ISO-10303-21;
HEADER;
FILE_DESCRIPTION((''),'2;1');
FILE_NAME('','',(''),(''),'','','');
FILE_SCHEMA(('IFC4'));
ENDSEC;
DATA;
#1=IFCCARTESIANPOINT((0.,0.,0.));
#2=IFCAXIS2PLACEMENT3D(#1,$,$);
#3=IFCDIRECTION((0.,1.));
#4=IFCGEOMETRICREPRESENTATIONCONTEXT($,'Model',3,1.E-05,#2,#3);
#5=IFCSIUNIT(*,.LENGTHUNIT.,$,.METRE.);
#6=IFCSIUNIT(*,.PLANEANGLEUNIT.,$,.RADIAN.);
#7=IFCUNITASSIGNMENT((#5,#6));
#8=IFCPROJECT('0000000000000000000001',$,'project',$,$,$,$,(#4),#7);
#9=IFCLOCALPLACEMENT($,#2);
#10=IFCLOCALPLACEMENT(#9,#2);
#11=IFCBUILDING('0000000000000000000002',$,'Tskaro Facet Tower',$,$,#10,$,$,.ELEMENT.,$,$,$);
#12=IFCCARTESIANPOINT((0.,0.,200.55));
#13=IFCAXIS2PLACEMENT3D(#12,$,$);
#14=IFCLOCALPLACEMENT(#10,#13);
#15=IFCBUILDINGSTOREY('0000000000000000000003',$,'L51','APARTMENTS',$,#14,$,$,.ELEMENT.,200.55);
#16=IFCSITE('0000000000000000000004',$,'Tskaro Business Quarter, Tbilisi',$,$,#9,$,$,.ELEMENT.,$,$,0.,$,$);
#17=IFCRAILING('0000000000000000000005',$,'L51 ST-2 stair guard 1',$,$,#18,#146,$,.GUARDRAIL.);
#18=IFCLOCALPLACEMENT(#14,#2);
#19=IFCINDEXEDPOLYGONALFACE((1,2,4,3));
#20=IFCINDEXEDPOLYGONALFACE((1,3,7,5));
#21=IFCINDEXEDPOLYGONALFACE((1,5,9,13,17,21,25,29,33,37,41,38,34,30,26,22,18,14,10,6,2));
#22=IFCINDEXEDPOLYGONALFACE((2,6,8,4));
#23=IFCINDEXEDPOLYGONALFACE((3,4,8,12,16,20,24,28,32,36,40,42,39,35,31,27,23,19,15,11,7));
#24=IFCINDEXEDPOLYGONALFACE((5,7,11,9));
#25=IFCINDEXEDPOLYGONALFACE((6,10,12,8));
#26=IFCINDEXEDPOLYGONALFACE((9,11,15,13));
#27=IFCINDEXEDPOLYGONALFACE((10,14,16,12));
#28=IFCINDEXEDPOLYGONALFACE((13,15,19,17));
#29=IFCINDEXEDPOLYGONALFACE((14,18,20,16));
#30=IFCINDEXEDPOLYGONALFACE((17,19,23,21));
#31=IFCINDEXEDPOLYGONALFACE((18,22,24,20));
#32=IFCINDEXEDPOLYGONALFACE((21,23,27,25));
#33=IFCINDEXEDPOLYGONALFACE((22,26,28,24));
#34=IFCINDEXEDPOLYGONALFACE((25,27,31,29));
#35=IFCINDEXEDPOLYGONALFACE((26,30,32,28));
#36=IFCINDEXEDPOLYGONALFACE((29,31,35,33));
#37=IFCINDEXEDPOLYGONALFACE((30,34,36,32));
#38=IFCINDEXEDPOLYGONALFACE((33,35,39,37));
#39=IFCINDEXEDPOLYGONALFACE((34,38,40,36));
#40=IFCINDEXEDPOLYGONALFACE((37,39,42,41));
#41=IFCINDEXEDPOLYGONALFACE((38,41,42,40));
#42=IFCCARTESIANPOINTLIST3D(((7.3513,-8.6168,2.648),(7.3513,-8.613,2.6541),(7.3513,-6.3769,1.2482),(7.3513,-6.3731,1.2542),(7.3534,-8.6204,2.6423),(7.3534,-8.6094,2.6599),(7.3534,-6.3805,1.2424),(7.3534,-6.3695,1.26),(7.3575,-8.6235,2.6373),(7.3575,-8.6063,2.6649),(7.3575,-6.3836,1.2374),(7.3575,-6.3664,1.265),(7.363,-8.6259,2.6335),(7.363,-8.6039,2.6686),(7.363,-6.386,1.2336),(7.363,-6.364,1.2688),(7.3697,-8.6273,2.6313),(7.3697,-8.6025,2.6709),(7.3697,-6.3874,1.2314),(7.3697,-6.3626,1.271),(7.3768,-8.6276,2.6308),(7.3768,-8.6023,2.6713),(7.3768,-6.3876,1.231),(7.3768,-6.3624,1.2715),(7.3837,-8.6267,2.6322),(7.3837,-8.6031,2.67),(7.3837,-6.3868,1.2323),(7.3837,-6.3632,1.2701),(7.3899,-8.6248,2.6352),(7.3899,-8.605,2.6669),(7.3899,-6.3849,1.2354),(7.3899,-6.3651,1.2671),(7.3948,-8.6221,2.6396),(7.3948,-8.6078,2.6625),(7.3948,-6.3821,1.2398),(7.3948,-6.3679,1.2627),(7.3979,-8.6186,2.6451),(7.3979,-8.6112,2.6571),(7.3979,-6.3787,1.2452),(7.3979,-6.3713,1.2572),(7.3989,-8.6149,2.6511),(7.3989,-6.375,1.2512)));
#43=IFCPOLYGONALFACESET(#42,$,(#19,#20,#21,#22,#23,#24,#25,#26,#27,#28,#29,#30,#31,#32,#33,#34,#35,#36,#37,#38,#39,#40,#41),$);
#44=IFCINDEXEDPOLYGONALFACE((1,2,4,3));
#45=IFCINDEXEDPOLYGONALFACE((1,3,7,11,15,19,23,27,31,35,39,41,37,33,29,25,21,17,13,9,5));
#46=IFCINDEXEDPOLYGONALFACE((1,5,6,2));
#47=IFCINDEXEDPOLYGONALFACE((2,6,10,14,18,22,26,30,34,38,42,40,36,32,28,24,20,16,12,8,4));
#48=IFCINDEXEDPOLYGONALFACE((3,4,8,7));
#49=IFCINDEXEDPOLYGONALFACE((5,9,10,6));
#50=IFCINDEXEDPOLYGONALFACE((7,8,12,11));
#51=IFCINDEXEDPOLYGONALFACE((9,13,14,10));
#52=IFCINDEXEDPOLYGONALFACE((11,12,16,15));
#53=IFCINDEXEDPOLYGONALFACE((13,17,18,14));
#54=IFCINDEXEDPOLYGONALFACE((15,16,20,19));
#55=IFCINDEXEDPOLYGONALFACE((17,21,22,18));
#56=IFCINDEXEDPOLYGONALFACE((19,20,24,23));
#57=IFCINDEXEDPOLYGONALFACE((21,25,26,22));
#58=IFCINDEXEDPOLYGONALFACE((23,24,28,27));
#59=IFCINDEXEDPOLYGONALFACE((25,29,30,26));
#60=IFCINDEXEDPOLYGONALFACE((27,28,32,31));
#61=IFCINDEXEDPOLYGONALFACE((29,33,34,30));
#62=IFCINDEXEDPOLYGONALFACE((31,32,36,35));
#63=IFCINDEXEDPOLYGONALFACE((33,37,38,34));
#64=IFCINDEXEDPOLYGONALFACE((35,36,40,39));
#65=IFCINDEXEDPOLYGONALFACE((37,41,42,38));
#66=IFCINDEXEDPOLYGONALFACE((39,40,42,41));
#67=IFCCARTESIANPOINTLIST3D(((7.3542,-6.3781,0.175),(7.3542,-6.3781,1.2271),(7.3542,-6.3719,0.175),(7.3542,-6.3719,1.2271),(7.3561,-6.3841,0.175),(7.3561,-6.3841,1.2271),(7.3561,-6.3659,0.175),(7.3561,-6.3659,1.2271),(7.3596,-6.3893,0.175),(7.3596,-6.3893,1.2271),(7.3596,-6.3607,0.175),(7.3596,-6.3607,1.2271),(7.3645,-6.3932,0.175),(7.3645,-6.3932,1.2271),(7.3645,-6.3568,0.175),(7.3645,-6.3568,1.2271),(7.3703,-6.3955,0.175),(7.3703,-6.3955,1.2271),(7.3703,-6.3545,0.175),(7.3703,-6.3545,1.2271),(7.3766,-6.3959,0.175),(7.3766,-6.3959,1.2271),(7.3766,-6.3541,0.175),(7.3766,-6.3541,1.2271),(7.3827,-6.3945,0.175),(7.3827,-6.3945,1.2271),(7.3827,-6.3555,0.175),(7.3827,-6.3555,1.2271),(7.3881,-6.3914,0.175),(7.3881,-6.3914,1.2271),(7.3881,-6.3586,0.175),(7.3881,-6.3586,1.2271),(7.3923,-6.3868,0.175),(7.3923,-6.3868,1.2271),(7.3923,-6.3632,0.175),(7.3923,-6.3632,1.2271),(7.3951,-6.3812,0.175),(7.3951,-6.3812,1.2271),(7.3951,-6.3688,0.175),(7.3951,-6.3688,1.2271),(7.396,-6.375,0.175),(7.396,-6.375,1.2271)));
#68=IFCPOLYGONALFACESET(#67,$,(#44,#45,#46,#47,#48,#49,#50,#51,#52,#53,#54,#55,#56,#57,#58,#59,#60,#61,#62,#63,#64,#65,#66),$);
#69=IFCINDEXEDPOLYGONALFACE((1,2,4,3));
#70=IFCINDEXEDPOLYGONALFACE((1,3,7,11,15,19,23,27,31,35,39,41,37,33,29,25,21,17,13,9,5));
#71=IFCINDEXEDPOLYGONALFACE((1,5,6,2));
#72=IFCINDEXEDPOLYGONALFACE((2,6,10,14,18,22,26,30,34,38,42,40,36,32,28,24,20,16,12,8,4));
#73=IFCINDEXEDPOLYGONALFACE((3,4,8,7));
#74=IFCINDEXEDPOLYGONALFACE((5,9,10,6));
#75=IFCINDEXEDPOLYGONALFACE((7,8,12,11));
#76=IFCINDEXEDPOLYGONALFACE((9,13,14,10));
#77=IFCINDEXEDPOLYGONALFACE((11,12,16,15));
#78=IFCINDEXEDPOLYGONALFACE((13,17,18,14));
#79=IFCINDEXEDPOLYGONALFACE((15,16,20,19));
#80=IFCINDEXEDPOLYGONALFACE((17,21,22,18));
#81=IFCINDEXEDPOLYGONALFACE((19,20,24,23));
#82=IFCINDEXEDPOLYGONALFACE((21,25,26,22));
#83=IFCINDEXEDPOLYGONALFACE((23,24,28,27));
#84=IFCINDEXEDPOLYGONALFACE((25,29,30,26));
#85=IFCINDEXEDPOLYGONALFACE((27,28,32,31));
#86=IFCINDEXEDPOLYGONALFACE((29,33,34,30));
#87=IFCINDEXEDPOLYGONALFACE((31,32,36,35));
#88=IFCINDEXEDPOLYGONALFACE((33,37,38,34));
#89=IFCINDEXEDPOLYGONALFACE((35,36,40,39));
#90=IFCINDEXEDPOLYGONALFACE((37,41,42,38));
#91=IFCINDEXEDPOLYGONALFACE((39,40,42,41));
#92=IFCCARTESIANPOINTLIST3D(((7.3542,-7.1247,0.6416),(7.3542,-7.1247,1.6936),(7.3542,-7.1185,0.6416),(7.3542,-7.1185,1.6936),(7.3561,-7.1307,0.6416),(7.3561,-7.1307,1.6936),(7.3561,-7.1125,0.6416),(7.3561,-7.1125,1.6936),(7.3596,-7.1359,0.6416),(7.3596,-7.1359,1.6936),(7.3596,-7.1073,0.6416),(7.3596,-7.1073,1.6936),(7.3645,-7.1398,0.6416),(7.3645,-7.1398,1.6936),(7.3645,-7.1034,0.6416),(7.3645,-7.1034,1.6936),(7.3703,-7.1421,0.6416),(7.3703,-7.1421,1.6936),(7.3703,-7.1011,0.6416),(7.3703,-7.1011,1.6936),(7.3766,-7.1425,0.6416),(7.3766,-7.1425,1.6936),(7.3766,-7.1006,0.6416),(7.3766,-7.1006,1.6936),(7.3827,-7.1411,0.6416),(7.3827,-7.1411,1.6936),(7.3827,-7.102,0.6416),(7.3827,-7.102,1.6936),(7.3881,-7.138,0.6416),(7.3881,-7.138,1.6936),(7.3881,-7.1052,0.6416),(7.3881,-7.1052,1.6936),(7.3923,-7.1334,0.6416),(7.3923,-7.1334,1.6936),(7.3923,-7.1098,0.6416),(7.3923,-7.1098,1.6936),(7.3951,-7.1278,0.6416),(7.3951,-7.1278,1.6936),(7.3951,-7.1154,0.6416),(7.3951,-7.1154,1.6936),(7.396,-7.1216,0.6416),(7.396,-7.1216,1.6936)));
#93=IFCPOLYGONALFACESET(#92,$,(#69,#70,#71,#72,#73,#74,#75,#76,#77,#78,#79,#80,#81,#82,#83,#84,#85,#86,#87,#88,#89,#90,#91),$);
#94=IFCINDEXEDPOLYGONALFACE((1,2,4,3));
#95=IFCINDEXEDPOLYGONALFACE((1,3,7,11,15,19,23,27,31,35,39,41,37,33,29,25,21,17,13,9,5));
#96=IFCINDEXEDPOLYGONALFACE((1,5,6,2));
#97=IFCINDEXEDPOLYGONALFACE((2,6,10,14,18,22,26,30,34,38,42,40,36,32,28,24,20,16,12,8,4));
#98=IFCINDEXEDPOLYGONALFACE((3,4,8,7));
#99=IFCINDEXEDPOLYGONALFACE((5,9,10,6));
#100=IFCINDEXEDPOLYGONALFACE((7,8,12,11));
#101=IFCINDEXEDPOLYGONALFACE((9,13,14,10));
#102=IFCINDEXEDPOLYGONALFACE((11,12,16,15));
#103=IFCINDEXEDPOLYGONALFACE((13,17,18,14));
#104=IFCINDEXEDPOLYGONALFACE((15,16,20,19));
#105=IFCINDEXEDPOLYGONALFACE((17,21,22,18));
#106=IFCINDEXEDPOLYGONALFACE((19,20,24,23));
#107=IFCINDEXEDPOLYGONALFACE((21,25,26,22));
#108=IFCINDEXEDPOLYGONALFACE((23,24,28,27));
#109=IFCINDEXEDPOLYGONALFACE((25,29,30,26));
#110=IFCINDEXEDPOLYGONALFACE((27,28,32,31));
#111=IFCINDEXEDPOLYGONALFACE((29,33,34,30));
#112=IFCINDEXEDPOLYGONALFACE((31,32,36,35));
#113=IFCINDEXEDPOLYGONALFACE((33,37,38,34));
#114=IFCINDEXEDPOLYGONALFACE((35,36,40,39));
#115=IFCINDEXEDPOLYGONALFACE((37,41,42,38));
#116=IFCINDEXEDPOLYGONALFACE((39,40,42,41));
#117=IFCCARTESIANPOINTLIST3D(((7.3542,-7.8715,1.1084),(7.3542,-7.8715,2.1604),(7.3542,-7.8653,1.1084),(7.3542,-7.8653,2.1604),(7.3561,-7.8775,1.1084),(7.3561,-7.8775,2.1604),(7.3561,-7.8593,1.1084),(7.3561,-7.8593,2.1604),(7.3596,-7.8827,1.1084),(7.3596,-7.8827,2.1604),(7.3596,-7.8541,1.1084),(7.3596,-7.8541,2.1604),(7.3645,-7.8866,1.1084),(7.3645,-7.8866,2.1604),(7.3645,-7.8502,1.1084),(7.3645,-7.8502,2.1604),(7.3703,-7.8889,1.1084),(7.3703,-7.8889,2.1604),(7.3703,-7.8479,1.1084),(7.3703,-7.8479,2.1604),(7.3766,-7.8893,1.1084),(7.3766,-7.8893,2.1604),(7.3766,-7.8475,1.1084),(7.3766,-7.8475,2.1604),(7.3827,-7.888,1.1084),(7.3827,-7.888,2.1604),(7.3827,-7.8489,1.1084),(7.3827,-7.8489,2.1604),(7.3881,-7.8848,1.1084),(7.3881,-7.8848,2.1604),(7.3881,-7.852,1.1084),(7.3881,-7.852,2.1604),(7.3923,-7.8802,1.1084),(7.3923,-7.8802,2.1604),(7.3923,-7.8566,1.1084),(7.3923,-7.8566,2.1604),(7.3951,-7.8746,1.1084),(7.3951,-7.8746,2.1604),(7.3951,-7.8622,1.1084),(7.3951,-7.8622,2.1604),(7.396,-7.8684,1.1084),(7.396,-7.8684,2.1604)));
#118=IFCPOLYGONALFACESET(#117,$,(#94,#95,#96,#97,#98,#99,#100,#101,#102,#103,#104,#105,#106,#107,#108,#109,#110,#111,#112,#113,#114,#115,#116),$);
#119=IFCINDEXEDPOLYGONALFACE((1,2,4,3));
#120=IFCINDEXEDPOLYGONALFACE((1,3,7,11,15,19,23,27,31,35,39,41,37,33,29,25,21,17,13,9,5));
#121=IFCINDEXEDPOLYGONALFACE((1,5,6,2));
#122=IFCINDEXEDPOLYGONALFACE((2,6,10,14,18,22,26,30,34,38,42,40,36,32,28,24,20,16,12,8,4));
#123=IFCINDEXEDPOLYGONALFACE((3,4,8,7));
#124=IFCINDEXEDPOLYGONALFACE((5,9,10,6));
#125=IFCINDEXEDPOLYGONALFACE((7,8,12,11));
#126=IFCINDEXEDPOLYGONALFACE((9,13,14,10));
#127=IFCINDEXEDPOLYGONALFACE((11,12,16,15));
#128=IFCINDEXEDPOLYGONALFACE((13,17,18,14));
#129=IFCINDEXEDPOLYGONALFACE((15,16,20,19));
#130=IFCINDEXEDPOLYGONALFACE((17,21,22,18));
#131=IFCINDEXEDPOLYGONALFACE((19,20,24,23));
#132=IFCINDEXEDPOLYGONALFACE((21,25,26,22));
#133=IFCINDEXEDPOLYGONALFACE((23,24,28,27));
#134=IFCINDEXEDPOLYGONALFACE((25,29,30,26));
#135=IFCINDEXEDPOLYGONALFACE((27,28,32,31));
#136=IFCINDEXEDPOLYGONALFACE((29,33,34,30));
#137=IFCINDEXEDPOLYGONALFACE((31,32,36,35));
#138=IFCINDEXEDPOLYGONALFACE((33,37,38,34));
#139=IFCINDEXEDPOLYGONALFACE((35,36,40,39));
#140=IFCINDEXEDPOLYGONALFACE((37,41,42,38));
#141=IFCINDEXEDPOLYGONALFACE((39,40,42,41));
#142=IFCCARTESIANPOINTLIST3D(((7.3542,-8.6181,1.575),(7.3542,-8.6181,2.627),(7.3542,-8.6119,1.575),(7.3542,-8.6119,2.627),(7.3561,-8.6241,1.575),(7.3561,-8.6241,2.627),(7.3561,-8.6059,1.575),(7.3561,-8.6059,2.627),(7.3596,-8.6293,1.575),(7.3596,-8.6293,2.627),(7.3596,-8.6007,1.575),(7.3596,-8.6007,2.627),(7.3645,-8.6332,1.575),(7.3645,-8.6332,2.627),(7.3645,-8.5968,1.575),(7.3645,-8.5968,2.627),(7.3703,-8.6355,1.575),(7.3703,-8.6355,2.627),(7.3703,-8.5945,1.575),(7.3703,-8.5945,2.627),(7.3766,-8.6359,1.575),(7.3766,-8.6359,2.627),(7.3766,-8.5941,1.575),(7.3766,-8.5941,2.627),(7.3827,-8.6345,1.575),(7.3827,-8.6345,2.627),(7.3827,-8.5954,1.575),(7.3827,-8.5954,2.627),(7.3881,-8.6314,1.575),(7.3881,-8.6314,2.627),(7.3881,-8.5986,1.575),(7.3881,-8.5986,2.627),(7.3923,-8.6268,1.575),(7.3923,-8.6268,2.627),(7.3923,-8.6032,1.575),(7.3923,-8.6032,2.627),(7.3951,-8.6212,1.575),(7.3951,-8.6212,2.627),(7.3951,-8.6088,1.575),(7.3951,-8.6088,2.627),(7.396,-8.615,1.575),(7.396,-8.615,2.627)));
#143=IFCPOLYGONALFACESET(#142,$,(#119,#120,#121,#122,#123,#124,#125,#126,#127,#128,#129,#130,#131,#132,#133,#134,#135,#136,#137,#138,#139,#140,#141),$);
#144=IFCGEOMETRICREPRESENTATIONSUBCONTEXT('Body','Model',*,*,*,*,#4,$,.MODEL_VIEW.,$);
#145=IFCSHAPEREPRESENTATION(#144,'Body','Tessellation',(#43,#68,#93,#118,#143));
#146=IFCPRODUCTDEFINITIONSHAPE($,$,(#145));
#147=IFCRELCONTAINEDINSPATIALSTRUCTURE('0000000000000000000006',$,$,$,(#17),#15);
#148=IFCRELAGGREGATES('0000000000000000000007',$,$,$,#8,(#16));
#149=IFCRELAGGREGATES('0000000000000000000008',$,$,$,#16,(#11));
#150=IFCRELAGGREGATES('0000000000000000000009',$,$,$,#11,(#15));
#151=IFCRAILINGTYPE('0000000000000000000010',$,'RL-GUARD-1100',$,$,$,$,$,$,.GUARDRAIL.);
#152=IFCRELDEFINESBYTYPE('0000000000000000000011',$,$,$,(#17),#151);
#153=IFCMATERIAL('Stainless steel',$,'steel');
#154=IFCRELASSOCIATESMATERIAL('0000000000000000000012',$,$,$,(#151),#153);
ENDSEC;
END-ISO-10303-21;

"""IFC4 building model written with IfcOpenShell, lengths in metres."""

from ifc_helpers import new_model, si_unit, direction, frame, origin, origin_2d, place, context, subcontext, project, spatial, circle, extrude, material, type_object, element, save


model = new_model("IFC4")

# Units and contexts
model_context = context("Model", 3, precision=1e-05, world=origin(), true_north=direction((0.0, 1.0)))
body_context = subcontext(model_context, "Body", "Model", "MODEL_VIEW")
ifc_project = project(units=[si_unit("LENGTHUNIT", "METRE"), si_unit("PLANEANGLEUNIT", "RADIAN")], contexts=[model_context])

# Site, building, storey
site_placement = place(None, origin())
site = spatial("IfcSite", under=ifc_project, at=site_placement, Name="Tskaro Business Quarter, Tbilisi", CompositionType="ELEMENT", RefElevation=0.0)
building_placement = place(site_placement, origin())
building = spatial("IfcBuilding", under=site, at=building_placement, Name="Tskaro Facet Tower", CompositionType="ELEMENT")
storey_placement = place(building_placement, frame((0.0, 0.0, 200.55)))
storey = spatial("IfcBuildingStorey", under=building, at=storey_placement, Name="L51", Description="APARTMENTS", CompositionType="ELEMENT", Elevation=200.55)

# Shared definitions
ifc_material_1 = material(Name="Stainless steel", Category="steel")

# Railing
railing_type = type_object("IfcRailingType", Name="RL-GUARD-1100", PredefinedType="GUARDRAIL", material=ifc_material_1)
railing_1_placement = place(storey_placement, frame((7.375, -6.375, 0.175)))
element("IfcRailing", 1, at=railing_1_placement, inside=storey, type_object=railing_type, Name="L51 ST-2 stair guard 1", PredefinedType="GUARDRAIL", context=body_context, shape_type="SweptSolid", body=[
    extrude(circle(Radius=0.0239, at=origin_2d()), frame((0.0, 0.0, 1.0762), z_axis=(0.0, -0.848014, 0.529974), x_axis=(1.0, 0.0, 0.0)), (0.0, 0.0, 1.0), 2.6414),
    extrude(circle(Radius=0.021, at=origin_2d()), origin(), (0.0, 0.0, 1.0), 1.052),
    extrude(circle(Radius=0.021, at=origin_2d()), frame((0.0, -0.7466, 0.4666)), (0.0, 0.0, 1.0), 1.052),
    extrude(circle(Radius=0.021, at=origin_2d()), frame((0.0, -1.4934, 0.9333)), (0.0, 0.0, 1.0), 1.052),
    extrude(circle(Radius=0.021, at=origin_2d()), frame((0.0, -2.24, 1.3999)), (0.0, 0.0, 1.0), 1.052),
])

save(model, "model.ifc")
